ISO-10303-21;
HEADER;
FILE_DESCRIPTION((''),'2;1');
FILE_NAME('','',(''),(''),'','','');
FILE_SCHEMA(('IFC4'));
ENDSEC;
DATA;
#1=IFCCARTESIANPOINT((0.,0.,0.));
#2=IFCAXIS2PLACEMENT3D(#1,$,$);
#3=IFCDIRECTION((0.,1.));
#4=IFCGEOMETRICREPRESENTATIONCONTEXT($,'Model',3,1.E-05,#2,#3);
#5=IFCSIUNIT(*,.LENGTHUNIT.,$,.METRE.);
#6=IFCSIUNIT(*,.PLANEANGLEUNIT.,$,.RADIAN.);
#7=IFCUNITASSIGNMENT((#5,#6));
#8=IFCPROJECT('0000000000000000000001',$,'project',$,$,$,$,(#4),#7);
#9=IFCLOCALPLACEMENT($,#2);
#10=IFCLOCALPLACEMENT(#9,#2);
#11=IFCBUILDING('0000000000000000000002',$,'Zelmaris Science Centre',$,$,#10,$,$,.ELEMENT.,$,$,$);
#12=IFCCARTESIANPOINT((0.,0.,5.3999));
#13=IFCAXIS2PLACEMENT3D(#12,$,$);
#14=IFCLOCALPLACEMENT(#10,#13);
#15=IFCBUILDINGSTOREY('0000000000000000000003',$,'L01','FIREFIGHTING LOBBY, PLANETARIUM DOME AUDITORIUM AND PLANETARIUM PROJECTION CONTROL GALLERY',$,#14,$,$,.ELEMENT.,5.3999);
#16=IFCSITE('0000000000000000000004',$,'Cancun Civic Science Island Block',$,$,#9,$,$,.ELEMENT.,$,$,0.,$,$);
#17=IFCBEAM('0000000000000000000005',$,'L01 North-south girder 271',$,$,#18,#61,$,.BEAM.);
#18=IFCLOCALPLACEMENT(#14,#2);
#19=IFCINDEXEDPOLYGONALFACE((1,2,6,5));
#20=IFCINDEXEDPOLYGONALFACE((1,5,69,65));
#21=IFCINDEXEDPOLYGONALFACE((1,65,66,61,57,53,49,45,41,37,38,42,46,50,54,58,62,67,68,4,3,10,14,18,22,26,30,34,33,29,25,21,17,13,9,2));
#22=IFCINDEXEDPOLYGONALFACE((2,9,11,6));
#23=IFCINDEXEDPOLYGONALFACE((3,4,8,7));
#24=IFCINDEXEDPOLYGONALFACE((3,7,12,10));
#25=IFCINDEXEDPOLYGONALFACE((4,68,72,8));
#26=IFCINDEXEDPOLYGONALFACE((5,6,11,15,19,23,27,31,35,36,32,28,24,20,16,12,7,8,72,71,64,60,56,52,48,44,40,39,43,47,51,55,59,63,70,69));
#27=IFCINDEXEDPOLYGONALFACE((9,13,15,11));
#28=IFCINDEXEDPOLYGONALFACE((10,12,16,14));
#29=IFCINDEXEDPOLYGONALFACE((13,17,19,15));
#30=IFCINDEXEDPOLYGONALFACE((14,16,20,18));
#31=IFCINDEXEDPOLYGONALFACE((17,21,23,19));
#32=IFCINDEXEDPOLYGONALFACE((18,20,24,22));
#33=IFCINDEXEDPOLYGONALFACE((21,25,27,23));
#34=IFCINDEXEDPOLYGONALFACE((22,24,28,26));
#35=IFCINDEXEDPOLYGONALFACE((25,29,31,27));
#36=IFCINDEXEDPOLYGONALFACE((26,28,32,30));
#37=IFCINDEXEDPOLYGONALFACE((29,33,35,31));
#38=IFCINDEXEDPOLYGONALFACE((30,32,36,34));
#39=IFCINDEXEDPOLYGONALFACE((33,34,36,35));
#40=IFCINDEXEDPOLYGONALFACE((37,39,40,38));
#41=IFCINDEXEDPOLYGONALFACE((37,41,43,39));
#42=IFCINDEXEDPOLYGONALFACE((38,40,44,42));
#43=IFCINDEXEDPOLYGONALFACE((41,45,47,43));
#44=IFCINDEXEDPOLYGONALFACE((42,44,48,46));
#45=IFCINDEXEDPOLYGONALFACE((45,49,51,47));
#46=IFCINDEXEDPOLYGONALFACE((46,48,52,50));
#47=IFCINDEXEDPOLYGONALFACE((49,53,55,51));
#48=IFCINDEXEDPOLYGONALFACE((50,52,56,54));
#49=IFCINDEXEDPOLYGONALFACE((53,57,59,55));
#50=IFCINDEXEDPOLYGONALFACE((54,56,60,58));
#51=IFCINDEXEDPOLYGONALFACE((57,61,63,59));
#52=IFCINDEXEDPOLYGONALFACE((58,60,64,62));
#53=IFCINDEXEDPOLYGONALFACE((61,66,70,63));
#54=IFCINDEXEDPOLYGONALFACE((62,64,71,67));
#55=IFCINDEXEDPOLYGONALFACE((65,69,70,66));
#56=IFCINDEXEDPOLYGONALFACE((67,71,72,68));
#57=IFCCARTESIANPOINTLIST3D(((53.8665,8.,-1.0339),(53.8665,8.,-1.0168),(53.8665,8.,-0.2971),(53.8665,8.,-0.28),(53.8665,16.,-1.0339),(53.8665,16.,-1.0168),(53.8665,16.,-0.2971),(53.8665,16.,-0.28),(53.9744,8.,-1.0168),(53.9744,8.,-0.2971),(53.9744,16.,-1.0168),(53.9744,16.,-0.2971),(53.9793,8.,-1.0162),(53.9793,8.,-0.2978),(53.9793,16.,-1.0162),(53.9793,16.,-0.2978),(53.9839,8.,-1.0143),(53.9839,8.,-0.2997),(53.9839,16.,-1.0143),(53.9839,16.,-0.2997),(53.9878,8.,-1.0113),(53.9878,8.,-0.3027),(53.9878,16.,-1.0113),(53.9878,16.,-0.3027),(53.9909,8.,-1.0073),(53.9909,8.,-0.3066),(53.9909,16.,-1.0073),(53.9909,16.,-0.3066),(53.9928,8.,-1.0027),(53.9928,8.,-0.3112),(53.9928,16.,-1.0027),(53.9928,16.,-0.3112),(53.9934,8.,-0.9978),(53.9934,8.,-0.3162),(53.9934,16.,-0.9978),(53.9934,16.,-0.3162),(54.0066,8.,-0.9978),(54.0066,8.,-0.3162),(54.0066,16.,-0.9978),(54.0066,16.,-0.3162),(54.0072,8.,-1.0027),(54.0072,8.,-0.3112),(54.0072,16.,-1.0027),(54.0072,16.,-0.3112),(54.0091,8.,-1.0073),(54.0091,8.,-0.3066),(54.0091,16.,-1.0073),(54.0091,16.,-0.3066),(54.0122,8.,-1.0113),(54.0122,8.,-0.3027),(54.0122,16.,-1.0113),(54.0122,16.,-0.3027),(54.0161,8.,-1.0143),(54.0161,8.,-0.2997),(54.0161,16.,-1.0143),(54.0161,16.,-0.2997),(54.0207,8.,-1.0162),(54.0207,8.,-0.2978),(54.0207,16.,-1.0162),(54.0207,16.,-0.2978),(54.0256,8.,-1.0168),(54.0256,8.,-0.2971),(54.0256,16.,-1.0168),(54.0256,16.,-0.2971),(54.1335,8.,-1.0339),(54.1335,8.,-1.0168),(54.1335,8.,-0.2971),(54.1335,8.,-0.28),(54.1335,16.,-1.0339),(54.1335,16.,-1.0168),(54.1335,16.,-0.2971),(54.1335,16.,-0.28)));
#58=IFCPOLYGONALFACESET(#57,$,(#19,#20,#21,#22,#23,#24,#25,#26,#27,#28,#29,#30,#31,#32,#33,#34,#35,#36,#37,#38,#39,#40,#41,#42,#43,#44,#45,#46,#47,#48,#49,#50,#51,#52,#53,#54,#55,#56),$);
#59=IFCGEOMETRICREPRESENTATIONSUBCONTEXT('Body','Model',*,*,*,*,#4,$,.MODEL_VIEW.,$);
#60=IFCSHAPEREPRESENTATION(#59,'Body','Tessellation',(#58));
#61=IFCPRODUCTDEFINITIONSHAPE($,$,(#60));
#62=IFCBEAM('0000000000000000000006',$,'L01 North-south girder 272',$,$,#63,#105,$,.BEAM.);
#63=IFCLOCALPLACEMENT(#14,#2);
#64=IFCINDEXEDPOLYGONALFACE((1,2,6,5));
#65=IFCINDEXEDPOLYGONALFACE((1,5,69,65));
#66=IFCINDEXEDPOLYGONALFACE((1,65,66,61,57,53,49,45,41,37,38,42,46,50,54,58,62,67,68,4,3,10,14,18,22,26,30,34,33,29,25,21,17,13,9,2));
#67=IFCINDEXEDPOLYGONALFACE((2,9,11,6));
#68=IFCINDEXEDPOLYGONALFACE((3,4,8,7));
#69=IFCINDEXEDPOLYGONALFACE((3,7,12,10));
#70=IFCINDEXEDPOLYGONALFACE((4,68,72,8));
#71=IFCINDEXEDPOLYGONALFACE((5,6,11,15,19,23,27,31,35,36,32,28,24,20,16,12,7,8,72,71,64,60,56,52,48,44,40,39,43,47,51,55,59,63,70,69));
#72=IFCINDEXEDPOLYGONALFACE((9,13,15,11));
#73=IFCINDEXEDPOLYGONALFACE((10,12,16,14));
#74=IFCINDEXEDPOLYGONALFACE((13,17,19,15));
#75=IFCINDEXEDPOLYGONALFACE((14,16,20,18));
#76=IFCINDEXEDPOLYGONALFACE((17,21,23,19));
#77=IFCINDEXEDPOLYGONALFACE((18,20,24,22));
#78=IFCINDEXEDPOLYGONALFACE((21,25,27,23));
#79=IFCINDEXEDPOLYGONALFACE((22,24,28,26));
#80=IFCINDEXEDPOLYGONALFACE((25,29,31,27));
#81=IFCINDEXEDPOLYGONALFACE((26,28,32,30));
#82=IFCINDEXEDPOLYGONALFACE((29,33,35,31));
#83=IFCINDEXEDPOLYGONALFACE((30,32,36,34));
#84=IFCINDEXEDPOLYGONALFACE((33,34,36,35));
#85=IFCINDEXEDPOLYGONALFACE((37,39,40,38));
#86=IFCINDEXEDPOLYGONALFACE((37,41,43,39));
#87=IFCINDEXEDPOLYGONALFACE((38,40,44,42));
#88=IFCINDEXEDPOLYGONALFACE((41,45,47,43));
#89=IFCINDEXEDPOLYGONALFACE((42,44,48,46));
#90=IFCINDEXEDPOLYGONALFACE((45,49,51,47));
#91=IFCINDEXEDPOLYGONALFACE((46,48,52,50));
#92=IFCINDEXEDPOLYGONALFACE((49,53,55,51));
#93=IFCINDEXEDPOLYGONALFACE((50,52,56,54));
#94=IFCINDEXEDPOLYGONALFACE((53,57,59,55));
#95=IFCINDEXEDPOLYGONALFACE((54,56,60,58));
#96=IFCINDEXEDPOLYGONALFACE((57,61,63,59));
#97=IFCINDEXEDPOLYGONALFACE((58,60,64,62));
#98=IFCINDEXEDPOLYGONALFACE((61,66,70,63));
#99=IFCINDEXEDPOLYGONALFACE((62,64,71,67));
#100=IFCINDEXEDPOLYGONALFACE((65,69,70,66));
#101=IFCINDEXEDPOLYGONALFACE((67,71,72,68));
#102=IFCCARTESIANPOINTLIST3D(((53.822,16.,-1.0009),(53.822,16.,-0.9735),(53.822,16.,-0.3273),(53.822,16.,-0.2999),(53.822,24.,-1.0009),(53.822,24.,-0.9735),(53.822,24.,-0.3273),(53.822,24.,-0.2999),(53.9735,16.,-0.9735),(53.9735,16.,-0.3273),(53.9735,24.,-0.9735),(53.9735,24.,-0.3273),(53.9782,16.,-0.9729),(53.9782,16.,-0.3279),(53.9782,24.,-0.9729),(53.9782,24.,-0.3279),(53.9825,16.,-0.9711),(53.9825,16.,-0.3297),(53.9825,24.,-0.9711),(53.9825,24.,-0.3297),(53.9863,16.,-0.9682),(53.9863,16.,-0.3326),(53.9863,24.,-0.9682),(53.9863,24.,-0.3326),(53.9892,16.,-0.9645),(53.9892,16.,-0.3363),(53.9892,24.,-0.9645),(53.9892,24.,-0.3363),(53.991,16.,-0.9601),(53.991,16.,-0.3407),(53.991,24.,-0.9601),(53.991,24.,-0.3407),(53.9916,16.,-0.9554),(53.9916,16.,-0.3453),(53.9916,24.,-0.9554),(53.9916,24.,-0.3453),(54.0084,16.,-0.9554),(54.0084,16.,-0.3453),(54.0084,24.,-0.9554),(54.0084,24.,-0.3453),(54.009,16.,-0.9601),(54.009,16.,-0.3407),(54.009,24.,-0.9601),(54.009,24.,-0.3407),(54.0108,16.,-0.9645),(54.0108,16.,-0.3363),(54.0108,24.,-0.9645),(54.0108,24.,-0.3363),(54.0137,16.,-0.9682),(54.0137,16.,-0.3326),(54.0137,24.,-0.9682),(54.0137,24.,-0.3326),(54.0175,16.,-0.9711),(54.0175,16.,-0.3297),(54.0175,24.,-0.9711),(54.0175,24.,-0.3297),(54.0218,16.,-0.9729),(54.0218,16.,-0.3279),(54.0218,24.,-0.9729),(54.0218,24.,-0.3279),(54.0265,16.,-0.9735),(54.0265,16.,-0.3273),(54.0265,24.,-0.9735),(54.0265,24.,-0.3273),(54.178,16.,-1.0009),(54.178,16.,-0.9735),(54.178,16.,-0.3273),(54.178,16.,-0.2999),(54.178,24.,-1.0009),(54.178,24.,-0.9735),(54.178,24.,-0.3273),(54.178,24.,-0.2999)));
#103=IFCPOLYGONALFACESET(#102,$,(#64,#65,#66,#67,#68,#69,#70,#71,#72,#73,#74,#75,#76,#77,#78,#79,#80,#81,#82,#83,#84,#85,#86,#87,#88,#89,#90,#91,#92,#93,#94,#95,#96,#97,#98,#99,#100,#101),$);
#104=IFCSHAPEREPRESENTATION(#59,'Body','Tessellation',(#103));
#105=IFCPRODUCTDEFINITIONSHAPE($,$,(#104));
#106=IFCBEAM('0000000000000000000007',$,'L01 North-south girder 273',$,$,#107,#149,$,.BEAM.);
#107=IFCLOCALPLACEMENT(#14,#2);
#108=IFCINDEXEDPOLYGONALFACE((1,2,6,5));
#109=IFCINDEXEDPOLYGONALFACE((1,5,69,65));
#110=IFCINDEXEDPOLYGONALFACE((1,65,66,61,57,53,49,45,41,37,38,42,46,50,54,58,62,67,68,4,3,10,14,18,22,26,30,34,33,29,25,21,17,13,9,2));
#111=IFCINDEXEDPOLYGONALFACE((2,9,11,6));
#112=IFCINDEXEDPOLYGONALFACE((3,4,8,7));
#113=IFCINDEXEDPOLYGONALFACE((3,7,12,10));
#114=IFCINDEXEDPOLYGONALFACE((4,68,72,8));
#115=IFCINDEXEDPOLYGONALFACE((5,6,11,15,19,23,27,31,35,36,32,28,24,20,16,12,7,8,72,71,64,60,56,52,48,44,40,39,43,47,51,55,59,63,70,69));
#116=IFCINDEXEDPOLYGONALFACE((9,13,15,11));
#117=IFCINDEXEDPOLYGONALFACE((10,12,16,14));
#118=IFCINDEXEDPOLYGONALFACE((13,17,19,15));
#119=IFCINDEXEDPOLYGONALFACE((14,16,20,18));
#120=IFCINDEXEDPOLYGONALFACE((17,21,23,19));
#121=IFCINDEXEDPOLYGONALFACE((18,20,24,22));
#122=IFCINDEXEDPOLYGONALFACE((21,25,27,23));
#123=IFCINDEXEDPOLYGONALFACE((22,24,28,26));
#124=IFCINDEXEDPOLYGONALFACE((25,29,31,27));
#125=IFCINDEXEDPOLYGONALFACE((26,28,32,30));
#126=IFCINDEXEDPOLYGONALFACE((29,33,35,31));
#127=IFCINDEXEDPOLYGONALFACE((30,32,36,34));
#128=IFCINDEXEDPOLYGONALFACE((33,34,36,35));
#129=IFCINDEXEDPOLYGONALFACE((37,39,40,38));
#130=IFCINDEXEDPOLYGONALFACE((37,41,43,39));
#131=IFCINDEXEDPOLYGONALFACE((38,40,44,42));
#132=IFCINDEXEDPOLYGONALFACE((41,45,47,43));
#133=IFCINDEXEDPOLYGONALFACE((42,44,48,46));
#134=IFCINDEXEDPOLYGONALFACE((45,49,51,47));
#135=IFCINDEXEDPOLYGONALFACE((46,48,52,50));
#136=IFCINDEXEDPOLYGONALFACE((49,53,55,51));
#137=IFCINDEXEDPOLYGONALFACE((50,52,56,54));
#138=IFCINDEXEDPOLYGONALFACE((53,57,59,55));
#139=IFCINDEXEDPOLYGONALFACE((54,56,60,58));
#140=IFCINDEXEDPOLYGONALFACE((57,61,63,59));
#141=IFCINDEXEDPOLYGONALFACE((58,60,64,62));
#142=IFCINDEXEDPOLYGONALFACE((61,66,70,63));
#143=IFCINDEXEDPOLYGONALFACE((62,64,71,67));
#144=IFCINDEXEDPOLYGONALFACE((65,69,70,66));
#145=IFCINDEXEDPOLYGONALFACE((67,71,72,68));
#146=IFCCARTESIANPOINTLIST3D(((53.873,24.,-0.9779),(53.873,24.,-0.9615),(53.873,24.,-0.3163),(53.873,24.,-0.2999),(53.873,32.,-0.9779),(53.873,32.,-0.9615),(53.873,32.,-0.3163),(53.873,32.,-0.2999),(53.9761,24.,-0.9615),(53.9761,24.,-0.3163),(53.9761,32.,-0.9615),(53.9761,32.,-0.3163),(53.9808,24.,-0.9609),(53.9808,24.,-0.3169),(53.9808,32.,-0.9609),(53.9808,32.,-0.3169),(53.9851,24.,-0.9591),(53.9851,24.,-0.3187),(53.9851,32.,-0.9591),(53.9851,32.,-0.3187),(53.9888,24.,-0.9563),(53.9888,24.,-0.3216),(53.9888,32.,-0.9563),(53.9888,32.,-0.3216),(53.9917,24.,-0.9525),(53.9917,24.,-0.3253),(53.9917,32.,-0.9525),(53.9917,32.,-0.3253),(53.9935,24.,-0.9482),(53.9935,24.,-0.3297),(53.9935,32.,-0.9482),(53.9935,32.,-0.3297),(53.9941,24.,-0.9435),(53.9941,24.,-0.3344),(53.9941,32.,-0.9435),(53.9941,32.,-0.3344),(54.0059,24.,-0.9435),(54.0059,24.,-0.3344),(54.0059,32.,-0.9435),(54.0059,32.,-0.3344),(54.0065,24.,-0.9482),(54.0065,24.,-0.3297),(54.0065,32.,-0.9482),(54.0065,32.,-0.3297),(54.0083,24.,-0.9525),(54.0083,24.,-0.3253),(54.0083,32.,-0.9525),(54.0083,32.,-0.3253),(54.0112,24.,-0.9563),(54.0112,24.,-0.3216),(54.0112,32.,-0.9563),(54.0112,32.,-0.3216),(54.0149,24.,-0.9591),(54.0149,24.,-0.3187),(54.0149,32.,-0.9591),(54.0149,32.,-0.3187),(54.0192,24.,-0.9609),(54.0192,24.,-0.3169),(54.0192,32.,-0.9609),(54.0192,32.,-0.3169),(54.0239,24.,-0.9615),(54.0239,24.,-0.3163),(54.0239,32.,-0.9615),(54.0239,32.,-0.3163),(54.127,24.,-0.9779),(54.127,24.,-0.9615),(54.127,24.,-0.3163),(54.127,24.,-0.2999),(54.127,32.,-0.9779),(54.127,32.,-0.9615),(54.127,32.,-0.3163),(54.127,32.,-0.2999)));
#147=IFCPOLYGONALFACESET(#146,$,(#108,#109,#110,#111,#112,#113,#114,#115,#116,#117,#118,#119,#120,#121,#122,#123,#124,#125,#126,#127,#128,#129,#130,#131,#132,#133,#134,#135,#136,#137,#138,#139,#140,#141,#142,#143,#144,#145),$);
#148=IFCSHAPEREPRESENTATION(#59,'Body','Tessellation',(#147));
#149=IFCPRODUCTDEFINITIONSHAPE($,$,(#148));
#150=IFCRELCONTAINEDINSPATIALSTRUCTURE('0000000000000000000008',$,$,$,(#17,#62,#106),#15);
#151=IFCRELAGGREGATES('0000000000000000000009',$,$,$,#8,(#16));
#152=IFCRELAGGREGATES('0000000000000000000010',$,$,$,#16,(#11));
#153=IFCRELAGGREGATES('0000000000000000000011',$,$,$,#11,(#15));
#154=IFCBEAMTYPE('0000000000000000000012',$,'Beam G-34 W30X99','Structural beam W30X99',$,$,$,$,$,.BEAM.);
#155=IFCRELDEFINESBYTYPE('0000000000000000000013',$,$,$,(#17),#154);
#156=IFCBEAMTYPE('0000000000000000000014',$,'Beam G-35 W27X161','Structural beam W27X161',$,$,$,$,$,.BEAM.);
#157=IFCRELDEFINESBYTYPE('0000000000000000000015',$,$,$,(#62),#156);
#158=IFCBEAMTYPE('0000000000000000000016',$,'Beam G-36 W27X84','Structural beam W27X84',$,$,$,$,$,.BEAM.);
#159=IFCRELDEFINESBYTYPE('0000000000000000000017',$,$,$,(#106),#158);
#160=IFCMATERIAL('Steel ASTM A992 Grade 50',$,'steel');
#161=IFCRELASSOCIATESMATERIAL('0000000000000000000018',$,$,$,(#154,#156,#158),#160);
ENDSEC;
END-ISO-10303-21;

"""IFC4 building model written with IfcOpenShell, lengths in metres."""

from ifc_helpers import new_model, si_unit, direction, frame, origin, origin_2d, place, context, subcontext, project, spatial, i_section, extrude, material, material_profile, profile_set, type_object, element, save


model = new_model("IFC4")

# Units and contexts
model_context = context("Model", 3, precision=1e-05, world=origin(), true_north=direction((0.0, 1.0)))
body_context = subcontext(model_context, "Body", "Model", "MODEL_VIEW")
ifc_project = project(units=[si_unit("LENGTHUNIT", "METRE"), si_unit("PLANEANGLEUNIT", "RADIAN")], contexts=[model_context])

# Site, building, storey
site_placement = place(None, origin())
site = spatial("IfcSite", under=ifc_project, at=site_placement, Name="Cancun Civic Science Island Block", CompositionType="ELEMENT", RefElevation=0.0)
building_placement = place(site_placement, origin())
building = spatial("IfcBuilding", under=site, at=building_placement, Name="Zelmaris Science Centre", CompositionType="ELEMENT")
storey_placement = place(building_placement, frame((0.0, 0.0, 5.3999)))
storey = spatial("IfcBuildingStorey", under=building, at=storey_placement, Name="L01", Description="FIREFIGHTING LOBBY, PLANETARIUM DOME AUDITORIUM AND PLANETARIUM PROJECTION CONTROL GALLERY", CompositionType="ELEMENT", Elevation=5.3999)

# Shared definitions
ifc_material_1 = material(Name="Steel ASTM A992 Grade 50", Category="steel")

# Beams
ifc_material_profile_1 = material_profile(ifc_material_1, i_section(OverallWidth=0.2671, OverallDepth=0.7539, WebThickness=0.0132, FlangeThickness=0.0171, FilletRadius=0.019, at=origin_2d()), Name="W30X99")
ifc_profile_set_1 = profile_set([ifc_material_profile_1], Name="Steel ASTM A992 Grade 50")
beam_type_1 = type_object("IfcBeamType", Name="Beam G-34 W30X99", Description="Structural beam W30X99", PredefinedType="BEAM", material=ifc_profile_set_1)
beam_1_placement = place(storey_placement, frame((54.0, 8.0, -0.657), z_axis=(0.0, 1.0, 0.0), x_axis=(-1.0, 0.0, 0.0)))
element("IfcBeam", 1, at=beam_1_placement, inside=storey, type_object=beam_type_1, Name="L01 North-south girder 271", PredefinedType="BEAM", context=body_context, shape_type="SweptSolid", body=[
    extrude(i_section(OverallWidth=0.2671, OverallDepth=0.7539, WebThickness=0.0132, FlangeThickness=0.0171, FilletRadius=0.019, at=origin_2d()), origin(), (0.0, 0.0, 1.0), 8.0),
])
ifc_material_profile_2 = material_profile(ifc_material_1, i_section(OverallWidth=0.356, OverallDepth=0.7009, WebThickness=0.0168, FlangeThickness=0.0273, FilletRadius=0.0181, at=origin_2d()), Name="W27X161")
ifc_profile_set_2 = profile_set([ifc_material_profile_2], Name="Steel ASTM A992 Grade 50")
beam_type_2 = type_object("IfcBeamType", Name="Beam G-35 W27X161", Description="Structural beam W27X161", PredefinedType="BEAM", material=ifc_profile_set_2)
beam_2_placement = place(storey_placement, frame((54.0, 16.0, -0.6504), z_axis=(0.0, 1.0, 0.0), x_axis=(-1.0, 0.0, 0.0)))
element("IfcBeam", 2, at=beam_2_placement, inside=storey, type_object=beam_type_2, Name="L01 North-south girder 272", PredefinedType="BEAM", context=body_context, shape_type="SweptSolid", body=[
    extrude(i_section(OverallWidth=0.356, OverallDepth=0.7009, WebThickness=0.0168, FlangeThickness=0.0273, FilletRadius=0.0181, at=origin_2d()), origin(), (0.0, 0.0, 1.0), 8.0),
])
ifc_material_profile_3 = material_profile(ifc_material_1, i_section(OverallWidth=0.2539, OverallDepth=0.678, WebThickness=0.0117, FlangeThickness=0.0164, FilletRadius=0.0181, at=origin_2d()), Name="W27X84")
ifc_profile_set_3 = profile_set([ifc_material_profile_3], Name="Steel ASTM A992 Grade 50")
beam_type_3 = type_object("IfcBeamType", Name="Beam G-36 W27X84", Description="Structural beam W27X84", PredefinedType="BEAM", material=ifc_profile_set_3)
beam_3_placement = place(storey_placement, frame((54.0, 24.0, -0.6389), z_axis=(0.0, 1.0, 0.0), x_axis=(-1.0, 0.0, 0.0)))
element("IfcBeam", 3, at=beam_3_placement, inside=storey, type_object=beam_type_3, Name="L01 North-south girder 273", PredefinedType="BEAM", context=body_context, shape_type="SweptSolid", body=[
    extrude(i_section(OverallWidth=0.2539, OverallDepth=0.678, WebThickness=0.0117, FlangeThickness=0.0164, FilletRadius=0.0181, at=origin_2d()), origin(), (0.0, 0.0, 1.0), 8.0),
])

save(model, "model.ifc")
